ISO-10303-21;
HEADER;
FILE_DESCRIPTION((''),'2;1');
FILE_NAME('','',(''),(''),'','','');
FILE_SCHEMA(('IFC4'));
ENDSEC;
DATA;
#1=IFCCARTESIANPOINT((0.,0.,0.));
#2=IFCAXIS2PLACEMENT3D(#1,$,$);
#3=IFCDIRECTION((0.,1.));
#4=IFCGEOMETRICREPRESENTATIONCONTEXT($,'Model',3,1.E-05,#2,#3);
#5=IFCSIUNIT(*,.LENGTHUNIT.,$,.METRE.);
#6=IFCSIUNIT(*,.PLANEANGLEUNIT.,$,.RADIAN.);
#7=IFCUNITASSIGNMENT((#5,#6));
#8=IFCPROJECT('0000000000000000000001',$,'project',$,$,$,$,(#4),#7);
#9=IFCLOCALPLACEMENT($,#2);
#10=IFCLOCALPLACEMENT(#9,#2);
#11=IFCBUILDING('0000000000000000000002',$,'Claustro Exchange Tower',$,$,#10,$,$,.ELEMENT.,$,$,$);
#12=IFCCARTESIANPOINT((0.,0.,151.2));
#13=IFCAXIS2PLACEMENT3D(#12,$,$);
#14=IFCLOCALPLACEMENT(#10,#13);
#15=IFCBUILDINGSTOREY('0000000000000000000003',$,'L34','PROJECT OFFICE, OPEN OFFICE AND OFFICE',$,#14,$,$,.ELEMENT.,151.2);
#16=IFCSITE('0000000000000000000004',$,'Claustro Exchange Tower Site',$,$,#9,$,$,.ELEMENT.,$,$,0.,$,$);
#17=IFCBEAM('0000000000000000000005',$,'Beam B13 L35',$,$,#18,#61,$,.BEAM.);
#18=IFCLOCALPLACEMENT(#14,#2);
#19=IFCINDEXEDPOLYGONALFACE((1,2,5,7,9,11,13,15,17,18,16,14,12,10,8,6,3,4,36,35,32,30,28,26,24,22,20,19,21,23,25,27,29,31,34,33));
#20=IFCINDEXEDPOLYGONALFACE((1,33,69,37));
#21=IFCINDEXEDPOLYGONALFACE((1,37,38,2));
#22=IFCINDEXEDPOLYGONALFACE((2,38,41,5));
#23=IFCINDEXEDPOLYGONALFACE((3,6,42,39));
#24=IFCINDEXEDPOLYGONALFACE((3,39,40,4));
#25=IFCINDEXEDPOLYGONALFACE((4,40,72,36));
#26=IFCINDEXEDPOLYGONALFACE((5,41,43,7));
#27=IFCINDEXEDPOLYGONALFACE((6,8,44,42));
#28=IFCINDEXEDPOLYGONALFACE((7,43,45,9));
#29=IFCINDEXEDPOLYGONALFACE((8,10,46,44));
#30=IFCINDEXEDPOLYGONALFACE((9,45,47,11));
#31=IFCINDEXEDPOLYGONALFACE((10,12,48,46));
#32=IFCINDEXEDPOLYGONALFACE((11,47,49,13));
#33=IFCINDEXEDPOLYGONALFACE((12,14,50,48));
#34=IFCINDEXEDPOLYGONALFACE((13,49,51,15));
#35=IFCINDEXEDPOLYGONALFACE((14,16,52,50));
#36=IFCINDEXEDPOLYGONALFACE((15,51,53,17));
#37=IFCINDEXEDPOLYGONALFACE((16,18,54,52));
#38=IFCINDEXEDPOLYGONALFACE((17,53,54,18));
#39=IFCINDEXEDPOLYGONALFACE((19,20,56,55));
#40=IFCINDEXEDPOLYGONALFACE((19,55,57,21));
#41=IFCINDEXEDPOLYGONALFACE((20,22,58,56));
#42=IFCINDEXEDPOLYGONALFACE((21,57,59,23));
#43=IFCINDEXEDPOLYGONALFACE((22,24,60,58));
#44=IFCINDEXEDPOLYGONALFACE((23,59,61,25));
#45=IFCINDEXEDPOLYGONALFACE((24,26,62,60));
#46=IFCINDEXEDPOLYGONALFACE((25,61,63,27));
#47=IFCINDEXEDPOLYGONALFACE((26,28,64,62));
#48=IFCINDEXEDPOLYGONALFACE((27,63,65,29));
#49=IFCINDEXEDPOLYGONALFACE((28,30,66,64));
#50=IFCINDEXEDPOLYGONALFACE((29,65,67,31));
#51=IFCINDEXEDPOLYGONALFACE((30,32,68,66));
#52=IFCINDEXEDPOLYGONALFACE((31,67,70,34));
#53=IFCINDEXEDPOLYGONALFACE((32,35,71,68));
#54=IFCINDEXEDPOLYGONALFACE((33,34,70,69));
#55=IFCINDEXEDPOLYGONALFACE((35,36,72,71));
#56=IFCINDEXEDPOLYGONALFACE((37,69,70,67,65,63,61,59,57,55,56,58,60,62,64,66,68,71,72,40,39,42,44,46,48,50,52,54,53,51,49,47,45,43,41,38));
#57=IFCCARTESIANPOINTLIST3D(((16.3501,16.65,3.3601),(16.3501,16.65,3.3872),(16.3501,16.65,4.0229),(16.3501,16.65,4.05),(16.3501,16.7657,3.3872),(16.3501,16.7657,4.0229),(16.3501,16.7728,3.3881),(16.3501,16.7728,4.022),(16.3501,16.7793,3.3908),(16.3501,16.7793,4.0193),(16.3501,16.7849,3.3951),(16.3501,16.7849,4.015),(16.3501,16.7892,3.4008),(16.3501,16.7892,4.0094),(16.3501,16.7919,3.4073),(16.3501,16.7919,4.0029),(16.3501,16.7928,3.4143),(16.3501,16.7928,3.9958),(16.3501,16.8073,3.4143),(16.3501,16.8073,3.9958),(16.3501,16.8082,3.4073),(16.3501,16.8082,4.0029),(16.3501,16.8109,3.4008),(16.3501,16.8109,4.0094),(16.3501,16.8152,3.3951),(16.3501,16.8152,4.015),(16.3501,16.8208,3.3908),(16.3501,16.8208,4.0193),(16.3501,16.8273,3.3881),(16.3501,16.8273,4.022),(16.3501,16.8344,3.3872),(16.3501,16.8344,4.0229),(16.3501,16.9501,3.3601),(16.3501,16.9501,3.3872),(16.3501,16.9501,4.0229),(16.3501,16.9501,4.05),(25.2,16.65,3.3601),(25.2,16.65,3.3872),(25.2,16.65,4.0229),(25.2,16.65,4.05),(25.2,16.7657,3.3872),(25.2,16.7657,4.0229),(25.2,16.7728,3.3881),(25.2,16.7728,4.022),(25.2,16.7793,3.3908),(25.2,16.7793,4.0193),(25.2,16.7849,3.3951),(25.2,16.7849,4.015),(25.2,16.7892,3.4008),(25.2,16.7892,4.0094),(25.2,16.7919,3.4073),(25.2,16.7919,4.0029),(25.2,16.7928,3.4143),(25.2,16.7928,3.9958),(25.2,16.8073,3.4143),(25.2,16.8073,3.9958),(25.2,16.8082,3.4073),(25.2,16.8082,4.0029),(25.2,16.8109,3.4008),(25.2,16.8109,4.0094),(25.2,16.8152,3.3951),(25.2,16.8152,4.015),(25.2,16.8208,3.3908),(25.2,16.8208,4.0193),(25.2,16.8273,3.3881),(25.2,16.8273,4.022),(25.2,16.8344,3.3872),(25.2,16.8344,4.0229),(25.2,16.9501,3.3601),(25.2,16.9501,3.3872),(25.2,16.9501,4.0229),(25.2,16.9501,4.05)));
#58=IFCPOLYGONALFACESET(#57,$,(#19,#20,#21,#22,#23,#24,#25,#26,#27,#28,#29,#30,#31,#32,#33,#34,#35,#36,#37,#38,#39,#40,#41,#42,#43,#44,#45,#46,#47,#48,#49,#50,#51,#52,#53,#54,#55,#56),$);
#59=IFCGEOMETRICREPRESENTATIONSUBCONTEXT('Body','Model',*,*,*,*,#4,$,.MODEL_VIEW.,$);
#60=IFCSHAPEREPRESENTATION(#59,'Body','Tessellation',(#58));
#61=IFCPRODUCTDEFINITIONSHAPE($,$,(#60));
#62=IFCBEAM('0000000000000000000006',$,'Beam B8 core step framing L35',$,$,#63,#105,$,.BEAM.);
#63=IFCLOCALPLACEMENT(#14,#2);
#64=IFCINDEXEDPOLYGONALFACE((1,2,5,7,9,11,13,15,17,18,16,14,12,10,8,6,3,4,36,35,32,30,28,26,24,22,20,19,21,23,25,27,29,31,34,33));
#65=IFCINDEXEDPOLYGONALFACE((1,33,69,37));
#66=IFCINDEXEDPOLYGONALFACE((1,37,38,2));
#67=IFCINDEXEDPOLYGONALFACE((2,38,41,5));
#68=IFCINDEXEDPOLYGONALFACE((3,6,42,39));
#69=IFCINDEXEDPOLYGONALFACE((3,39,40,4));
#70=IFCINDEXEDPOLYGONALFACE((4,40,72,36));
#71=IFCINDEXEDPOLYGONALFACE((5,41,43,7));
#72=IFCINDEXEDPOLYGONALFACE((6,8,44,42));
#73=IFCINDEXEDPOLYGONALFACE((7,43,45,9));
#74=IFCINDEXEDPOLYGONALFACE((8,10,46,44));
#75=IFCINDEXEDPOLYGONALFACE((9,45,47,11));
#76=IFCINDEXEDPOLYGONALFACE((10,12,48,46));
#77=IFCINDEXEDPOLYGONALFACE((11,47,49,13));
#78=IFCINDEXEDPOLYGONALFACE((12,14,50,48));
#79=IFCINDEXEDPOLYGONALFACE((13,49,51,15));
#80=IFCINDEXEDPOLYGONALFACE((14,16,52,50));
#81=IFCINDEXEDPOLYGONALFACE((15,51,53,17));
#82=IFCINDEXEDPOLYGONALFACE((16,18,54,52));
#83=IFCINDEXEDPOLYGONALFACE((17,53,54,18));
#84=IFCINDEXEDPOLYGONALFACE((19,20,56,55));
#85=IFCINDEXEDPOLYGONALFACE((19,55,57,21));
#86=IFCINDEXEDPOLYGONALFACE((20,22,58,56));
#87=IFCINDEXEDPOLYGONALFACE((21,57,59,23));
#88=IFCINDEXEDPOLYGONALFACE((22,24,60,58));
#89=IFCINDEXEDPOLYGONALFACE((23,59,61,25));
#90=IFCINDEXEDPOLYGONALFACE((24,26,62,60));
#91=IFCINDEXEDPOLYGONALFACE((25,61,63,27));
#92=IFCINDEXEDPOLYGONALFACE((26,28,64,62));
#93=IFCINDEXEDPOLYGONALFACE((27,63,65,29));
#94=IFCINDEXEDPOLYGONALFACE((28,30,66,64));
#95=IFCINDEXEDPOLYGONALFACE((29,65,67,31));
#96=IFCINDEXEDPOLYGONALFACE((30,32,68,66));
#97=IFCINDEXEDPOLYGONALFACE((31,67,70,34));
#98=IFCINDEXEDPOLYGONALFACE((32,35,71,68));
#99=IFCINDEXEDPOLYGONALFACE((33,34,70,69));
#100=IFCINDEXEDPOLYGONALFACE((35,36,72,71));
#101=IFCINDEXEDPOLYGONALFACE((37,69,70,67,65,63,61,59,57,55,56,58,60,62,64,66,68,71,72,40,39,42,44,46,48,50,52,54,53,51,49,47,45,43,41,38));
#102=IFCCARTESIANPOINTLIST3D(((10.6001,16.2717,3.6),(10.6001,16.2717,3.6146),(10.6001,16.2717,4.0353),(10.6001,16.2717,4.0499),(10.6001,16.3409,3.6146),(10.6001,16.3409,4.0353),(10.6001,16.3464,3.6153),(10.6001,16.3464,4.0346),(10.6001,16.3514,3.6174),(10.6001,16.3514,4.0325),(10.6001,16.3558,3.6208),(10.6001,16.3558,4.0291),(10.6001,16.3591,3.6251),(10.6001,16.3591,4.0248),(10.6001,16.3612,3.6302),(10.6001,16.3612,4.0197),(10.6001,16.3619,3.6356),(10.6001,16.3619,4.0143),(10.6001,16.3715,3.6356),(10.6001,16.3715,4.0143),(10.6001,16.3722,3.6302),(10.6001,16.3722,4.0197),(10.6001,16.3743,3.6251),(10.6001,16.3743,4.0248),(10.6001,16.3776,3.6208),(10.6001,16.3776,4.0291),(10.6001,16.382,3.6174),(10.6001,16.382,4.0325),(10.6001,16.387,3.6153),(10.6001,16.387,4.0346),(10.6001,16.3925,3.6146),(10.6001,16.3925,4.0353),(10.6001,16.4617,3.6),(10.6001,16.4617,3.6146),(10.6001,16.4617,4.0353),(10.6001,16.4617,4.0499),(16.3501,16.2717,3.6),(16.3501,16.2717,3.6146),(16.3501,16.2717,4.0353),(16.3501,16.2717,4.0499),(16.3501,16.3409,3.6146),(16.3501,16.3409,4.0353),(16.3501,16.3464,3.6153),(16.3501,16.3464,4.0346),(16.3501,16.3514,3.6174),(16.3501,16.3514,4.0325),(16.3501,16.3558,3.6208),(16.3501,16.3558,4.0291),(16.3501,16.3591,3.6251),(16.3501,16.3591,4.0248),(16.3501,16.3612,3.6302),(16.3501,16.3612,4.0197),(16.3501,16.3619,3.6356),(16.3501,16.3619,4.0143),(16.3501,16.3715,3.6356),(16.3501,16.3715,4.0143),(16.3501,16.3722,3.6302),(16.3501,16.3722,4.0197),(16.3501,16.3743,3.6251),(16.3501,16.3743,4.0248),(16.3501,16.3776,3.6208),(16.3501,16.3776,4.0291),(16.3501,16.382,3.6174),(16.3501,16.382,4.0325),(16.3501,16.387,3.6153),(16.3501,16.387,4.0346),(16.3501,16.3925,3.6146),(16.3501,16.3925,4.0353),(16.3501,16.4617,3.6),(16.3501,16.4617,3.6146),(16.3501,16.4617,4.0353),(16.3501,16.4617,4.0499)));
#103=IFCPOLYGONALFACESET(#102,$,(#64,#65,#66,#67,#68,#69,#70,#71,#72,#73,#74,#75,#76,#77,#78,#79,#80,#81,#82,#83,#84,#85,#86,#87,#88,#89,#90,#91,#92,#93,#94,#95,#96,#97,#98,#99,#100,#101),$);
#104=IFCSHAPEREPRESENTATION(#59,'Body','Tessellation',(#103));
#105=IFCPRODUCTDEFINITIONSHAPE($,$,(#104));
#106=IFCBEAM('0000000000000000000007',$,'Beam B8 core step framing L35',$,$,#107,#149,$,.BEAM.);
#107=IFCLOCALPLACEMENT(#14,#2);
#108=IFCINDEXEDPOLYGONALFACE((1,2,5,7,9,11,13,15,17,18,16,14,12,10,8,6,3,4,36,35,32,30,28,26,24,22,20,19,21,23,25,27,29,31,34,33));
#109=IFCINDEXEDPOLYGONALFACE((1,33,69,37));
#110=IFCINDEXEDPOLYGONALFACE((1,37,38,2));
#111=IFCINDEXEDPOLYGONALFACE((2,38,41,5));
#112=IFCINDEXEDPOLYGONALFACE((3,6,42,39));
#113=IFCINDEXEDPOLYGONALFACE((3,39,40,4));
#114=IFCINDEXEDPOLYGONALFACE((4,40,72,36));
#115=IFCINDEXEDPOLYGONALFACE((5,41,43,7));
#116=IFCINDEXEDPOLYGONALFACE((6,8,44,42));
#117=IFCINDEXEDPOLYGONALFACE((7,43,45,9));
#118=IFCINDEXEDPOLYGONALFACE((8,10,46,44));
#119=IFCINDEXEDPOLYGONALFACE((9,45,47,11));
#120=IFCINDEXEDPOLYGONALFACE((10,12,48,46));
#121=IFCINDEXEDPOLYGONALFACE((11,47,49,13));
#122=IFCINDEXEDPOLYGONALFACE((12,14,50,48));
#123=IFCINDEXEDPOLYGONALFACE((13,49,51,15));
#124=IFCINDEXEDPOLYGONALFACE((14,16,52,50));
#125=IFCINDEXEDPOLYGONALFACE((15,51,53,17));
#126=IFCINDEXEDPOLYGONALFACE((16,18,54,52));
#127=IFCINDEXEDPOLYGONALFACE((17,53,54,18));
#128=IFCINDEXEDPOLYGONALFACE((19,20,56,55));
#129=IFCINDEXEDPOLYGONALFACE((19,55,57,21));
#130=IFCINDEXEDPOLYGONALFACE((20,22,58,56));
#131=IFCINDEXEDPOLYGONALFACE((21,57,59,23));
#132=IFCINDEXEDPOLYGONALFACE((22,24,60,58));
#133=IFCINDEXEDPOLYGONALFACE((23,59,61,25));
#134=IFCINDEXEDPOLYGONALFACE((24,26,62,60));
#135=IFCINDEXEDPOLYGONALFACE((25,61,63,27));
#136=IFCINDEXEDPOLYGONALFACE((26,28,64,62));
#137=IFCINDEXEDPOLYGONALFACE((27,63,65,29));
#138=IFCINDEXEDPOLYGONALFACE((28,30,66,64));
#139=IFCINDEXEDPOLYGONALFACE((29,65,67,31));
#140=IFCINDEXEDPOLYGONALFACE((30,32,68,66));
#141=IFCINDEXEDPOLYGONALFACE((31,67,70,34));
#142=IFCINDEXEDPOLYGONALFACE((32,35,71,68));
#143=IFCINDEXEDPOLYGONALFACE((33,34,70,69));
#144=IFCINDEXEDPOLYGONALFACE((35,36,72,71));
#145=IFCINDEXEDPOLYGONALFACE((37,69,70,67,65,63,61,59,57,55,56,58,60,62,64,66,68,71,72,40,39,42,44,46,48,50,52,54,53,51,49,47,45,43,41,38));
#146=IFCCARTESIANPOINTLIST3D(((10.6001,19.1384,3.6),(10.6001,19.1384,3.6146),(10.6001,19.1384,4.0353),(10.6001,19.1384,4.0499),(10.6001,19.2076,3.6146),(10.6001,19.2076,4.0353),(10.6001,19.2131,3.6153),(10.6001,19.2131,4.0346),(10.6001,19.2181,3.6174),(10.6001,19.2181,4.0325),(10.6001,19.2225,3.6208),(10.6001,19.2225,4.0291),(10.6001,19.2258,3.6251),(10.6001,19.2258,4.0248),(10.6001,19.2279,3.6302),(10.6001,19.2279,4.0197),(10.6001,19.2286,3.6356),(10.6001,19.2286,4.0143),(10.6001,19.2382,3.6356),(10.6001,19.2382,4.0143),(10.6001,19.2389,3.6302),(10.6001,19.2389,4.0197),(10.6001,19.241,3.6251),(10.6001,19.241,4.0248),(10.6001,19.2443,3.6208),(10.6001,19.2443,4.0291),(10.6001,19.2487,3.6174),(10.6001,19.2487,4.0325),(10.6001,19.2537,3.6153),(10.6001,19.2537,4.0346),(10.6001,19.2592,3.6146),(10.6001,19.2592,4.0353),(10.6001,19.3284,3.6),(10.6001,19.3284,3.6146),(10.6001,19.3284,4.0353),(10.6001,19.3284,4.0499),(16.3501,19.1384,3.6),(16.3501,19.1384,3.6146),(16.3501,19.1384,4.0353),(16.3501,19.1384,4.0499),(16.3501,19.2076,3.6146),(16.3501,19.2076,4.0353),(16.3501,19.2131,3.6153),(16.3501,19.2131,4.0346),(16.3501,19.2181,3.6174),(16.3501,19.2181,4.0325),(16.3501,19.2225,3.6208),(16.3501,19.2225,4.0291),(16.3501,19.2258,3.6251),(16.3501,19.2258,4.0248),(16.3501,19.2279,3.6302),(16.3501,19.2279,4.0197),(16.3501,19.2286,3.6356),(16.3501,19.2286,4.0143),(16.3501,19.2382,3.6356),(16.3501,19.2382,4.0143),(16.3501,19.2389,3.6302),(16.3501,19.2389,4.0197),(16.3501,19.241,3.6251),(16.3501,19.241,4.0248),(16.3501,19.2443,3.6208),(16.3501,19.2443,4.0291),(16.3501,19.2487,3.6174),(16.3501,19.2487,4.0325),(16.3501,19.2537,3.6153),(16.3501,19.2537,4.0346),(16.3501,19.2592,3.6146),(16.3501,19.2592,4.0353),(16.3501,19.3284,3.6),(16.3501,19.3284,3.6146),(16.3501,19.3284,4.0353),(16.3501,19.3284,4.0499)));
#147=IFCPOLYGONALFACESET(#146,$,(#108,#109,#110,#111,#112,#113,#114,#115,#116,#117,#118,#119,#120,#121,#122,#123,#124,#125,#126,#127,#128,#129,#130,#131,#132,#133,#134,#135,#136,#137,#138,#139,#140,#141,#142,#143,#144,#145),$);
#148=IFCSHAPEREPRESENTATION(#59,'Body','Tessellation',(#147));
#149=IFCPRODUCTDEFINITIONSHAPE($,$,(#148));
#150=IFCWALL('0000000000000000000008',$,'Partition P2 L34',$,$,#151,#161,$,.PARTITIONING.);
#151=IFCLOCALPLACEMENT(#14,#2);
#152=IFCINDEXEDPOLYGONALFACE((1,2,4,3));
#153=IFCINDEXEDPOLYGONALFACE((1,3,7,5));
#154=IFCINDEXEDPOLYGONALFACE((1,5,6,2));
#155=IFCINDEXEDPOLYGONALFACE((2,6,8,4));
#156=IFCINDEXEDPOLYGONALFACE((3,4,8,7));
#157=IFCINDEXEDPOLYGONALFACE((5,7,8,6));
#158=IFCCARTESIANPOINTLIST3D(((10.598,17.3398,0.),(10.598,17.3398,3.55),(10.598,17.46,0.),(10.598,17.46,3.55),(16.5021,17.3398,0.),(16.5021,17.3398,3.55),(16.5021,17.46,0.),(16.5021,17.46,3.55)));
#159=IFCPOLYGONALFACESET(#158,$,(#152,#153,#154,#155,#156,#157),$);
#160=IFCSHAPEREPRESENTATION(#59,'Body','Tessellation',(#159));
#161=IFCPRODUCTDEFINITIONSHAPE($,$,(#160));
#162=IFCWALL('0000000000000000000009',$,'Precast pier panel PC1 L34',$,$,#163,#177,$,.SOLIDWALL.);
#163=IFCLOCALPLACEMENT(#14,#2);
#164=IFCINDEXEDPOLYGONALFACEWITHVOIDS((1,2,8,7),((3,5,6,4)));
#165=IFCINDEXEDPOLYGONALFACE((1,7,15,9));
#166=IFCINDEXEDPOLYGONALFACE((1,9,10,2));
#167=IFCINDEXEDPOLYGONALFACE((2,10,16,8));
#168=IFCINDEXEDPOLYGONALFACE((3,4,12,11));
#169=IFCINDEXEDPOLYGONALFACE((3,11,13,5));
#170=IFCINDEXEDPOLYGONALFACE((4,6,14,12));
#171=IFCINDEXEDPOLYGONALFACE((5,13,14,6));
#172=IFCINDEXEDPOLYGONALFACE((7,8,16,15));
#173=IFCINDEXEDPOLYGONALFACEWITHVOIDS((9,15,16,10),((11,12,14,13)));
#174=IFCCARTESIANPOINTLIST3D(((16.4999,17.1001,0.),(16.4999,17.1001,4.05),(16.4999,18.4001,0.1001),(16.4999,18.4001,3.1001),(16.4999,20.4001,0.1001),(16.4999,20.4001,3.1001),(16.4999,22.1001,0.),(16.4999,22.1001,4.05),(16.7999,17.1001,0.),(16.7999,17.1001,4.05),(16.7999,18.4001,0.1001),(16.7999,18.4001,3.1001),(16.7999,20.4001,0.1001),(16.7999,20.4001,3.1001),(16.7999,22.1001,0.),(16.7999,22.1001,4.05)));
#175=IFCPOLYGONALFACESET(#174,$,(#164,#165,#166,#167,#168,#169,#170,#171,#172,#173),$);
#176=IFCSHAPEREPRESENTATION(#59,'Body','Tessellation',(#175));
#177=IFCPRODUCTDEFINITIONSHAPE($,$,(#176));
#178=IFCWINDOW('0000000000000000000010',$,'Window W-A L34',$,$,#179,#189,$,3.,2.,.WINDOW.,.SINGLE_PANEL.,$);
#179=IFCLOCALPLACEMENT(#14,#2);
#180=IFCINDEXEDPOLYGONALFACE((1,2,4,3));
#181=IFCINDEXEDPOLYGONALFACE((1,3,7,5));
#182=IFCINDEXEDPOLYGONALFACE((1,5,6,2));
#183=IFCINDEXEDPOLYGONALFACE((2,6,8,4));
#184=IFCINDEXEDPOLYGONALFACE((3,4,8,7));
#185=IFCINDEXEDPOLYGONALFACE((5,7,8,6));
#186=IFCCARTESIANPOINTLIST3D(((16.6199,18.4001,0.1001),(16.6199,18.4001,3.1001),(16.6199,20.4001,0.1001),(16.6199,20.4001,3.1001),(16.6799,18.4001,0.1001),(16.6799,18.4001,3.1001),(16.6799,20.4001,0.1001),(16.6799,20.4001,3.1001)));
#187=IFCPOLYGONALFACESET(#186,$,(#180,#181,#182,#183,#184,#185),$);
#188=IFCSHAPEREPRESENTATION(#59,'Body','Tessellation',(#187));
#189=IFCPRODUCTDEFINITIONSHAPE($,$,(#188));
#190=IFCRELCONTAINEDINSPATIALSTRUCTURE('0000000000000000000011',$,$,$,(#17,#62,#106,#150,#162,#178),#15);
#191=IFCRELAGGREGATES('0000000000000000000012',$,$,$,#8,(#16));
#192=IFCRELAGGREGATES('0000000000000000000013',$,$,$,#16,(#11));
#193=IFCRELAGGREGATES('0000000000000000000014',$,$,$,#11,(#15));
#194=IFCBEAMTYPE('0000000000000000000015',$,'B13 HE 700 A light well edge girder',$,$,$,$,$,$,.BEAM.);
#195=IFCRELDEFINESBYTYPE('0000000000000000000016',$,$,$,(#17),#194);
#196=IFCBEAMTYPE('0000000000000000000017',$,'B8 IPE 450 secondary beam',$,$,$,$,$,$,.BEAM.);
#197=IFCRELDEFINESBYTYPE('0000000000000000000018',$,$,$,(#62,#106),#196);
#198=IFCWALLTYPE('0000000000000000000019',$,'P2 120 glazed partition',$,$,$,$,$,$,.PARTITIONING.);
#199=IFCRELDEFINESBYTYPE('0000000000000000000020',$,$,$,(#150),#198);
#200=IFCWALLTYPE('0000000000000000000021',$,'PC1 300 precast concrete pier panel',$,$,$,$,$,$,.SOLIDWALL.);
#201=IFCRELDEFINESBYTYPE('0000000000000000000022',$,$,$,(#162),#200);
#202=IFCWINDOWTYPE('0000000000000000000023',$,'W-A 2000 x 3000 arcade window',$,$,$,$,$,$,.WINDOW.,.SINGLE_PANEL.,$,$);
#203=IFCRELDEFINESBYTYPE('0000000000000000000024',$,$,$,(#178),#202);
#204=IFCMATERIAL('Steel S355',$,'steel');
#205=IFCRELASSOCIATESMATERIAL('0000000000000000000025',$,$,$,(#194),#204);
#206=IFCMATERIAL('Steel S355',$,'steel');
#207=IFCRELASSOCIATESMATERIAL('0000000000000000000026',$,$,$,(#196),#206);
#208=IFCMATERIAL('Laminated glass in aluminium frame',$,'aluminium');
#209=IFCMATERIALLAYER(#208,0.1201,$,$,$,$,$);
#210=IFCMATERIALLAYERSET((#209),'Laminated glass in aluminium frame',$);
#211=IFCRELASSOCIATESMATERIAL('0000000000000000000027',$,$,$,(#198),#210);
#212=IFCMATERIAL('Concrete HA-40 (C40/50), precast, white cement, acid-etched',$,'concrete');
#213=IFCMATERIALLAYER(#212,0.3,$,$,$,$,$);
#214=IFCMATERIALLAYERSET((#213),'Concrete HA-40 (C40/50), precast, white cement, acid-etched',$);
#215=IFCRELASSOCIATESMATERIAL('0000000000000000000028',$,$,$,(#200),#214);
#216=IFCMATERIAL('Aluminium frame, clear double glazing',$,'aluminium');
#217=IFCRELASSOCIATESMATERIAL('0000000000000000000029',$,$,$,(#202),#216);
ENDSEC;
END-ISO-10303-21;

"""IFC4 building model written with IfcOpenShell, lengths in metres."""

from ifc_helpers import new_model, si_unit, direction, frame, frame_2d, origin, origin_2d, place, context, subcontext, project, spatial, rectangle, i_section, extrude, material, layer, layer_set, material_profile, profile_set, type_object, element, fill, save


model = new_model("IFC4")

# Units and contexts
model_context = context("Model", 3, precision=1e-05, world=origin(), true_north=direction((0.0, 1.0)))
body_context = subcontext(model_context, "Body", "Model", "MODEL_VIEW")
ifc_project = project(units=[si_unit("LENGTHUNIT", "METRE"), si_unit("PLANEANGLEUNIT", "RADIAN")], contexts=[model_context])

# Site, building, storey
site_placement = place(None, origin())
site = spatial("IfcSite", under=ifc_project, at=site_placement, Name="Claustro Exchange Tower Site", CompositionType="ELEMENT", RefElevation=0.0)
building_placement = place(site_placement, origin())
building = spatial("IfcBuilding", under=site, at=building_placement, Name="Claustro Exchange Tower", CompositionType="ELEMENT")
storey_placement = place(building_placement, frame((0.0, 0.0, 151.2)))
storey = spatial("IfcBuildingStorey", under=building, at=storey_placement, Name="L34", Description="PROJECT OFFICE, OPEN OFFICE AND OFFICE", CompositionType="ELEMENT", Elevation=151.2)

# Beams
ifc_material_1 = material(Name="Steel S355", Category="steel")
ifc_material_profile_1 = material_profile(ifc_material_1, i_section(OverallWidth=0.3, OverallDepth=0.6899, WebThickness=0.0144, FlangeThickness=0.0271, FilletRadius=0.0271, at=origin_2d()), Name="HE 700 A")
ifc_profile_set_1 = profile_set([ifc_material_profile_1], Name="Steel S355")
beam_type_1 = type_object("IfcBeamType", Name="B13 HE 700 A light well edge girder", PredefinedType="BEAM", material=ifc_profile_set_1)
beam_placement = place(storey_placement, frame((16.3501, 16.8, 3.7051), z_axis=(1.0, 0.0, 0.0), x_axis=(0.0, 1.0, 0.0)))
element("IfcBeam", 1, at=beam_placement, inside=storey, type_object=beam_type_1, Name="Beam B13 L35", PredefinedType="BEAM", context=body_context, shape_type="SweptSolid", body=[
    extrude(i_section(OverallWidth=0.3, OverallDepth=0.6899, WebThickness=0.0144, FlangeThickness=0.0271, FilletRadius=0.0271, at=origin_2d()), origin(), (0.0, 0.0, 1.0), 8.8499),
])
ifc_material_2 = material(Name="Steel S355", Category="steel")
ifc_material_profile_2 = material_profile(ifc_material_2, i_section(OverallWidth=0.1899, OverallDepth=0.45, WebThickness=0.0095, FlangeThickness=0.0146, FilletRadius=0.021, at=origin_2d()), Name="IPE 450")
ifc_profile_set_2 = profile_set([ifc_material_profile_2], Name="Steel S355")
beam_type_2 = type_object("IfcBeamType", Name="B8 IPE 450 secondary beam", PredefinedType="BEAM", material=ifc_profile_set_2)
for number, where, z_axis, x_axis, name in (
    (2, (10.6001, 16.3667, 3.825), (1.0, 0.0, 0.0), (0.0, 1.0, 0.0), "Beam B8 core step framing L35"),
    (3, (10.6001, 19.2334, 3.825), (1.0, 0.0, 0.0), (0.0, 1.0, 0.0), "Beam B8 core step framing L35"),
):
    element("IfcBeam", number, at=place(storey_placement, frame(where, z_axis=z_axis, x_axis=x_axis)), inside=storey, type_object=beam_type_2, Name=name, PredefinedType="BEAM", context=body_context, shape_type="SweptSolid", body=[
        extrude(i_section(OverallWidth=0.1899, OverallDepth=0.45, WebThickness=0.0095, FlangeThickness=0.0146, FilletRadius=0.021, at=origin_2d()), origin(), (0.0, 0.0, 1.0), 5.75),
    ])

# Wall
ifc_material_3 = material(Name="Laminated glass in aluminium frame", Category="aluminium")
ifc_layer_1 = layer(ifc_material_3, 0.1201)
ifc_layer_set_1 = layer_set([ifc_layer_1], Name="Laminated glass in aluminium frame")
wall_type_1 = type_object("IfcWallType", Name="P2 120 glazed partition", PredefinedType="PARTITIONING", material=ifc_layer_set_1)
wall_1_placement = place(storey_placement, frame((10.5979, 17.3999, 0.0), z_axis=(0.0, 0.0, 1.0), x_axis=(1.0, 0.0, 0.0)))
element("IfcWall", 4, at=wall_1_placement, inside=storey, type_object=wall_type_1, Name="Partition P2 L34", PredefinedType="PARTITIONING", context=body_context, shape_type="SweptSolid", body=[
    extrude(rectangle(XDim=5.9041, YDim=0.1201, at=frame_2d((2.9521, 0.0))), origin(), (0.0, 0.0, 1.0), 3.55),
])

# Wall, opening, window
ifc_material_4 = material(Name="Concrete HA-40 (C40/50), precast, white cement, acid-etched", Category="concrete")
ifc_layer_2 = layer(ifc_material_4, 0.3)
ifc_layer_set_2 = layer_set([ifc_layer_2], Name="Concrete HA-40 (C40/50), precast, white cement, acid-etched")
wall_type_2 = type_object("IfcWallType", Name="PC1 300 precast concrete pier panel", PredefinedType="SOLIDWALL", material=ifc_layer_set_2)
wall_2_placement = place(storey_placement, frame((16.6499, 17.1001, 0.0), z_axis=(0.0, 0.0, 1.0), x_axis=(0.0, 1.0, 0.0)))
wall_2 = element("IfcWall", 5, at=wall_2_placement, inside=storey, type_object=wall_type_2, Name="Precast pier panel PC1 L34", PredefinedType="SOLIDWALL", context=body_context, shape_type="SweptSolid", body=[
    extrude(rectangle(XDim=5.0, YDim=0.3, at=frame_2d((2.5, 0.0))), origin(), (0.0, 0.0, 1.0), 4.05),
])
opening_1_placement = place(wall_2_placement, frame((1.3, 0.0, 0.1001)))
opening_1 = element("IfcOpeningElement", 6, at=opening_1_placement, cuts=wall_2, PredefinedType="OPENING", context=body_context, shape_type="SweptSolid", body=[
    extrude(rectangle(XDim=2.0, YDim=3.0, at=frame_2d((1.0, 1.5))), frame((0.0, 0.1599, 0.0), z_axis=(0.0, -1.0, 0.0), x_axis=(1.0, 0.0, 0.0)), (0.0, 0.0, 1.0), 0.3201),
])
ifc_material_5 = material(Name="Aluminium frame, clear double glazing", Category="aluminium")
window_type = type_object("IfcWindowType", Name="W-A 2000 x 3000 arcade window", PartitioningType="SINGLE_PANEL", PredefinedType="WINDOW", material=ifc_material_5)
window_1_placement = place(opening_1_placement, origin())
window_1 = element("IfcWindow", 7, at=window_1_placement, inside=storey, type_object=window_type, Name="Window W-A L34", OverallHeight=3.0, OverallWidth=2.0, PartitioningType="SINGLE_PANEL", PredefinedType="WINDOW", context=body_context, shape_type="SweptSolid", body=[
    extrude(rectangle(XDim=2.0, YDim=3.0, at=frame_2d((1.0, 1.5))), frame((0.0, 0.03, 0.0), z_axis=(0.0, -1.0, 0.0), x_axis=(1.0, 0.0, 0.0)), (0.0, 0.0, 1.0), 0.0601),
])
fill(opening_1, window_1)

save(model, "model.ifc")
